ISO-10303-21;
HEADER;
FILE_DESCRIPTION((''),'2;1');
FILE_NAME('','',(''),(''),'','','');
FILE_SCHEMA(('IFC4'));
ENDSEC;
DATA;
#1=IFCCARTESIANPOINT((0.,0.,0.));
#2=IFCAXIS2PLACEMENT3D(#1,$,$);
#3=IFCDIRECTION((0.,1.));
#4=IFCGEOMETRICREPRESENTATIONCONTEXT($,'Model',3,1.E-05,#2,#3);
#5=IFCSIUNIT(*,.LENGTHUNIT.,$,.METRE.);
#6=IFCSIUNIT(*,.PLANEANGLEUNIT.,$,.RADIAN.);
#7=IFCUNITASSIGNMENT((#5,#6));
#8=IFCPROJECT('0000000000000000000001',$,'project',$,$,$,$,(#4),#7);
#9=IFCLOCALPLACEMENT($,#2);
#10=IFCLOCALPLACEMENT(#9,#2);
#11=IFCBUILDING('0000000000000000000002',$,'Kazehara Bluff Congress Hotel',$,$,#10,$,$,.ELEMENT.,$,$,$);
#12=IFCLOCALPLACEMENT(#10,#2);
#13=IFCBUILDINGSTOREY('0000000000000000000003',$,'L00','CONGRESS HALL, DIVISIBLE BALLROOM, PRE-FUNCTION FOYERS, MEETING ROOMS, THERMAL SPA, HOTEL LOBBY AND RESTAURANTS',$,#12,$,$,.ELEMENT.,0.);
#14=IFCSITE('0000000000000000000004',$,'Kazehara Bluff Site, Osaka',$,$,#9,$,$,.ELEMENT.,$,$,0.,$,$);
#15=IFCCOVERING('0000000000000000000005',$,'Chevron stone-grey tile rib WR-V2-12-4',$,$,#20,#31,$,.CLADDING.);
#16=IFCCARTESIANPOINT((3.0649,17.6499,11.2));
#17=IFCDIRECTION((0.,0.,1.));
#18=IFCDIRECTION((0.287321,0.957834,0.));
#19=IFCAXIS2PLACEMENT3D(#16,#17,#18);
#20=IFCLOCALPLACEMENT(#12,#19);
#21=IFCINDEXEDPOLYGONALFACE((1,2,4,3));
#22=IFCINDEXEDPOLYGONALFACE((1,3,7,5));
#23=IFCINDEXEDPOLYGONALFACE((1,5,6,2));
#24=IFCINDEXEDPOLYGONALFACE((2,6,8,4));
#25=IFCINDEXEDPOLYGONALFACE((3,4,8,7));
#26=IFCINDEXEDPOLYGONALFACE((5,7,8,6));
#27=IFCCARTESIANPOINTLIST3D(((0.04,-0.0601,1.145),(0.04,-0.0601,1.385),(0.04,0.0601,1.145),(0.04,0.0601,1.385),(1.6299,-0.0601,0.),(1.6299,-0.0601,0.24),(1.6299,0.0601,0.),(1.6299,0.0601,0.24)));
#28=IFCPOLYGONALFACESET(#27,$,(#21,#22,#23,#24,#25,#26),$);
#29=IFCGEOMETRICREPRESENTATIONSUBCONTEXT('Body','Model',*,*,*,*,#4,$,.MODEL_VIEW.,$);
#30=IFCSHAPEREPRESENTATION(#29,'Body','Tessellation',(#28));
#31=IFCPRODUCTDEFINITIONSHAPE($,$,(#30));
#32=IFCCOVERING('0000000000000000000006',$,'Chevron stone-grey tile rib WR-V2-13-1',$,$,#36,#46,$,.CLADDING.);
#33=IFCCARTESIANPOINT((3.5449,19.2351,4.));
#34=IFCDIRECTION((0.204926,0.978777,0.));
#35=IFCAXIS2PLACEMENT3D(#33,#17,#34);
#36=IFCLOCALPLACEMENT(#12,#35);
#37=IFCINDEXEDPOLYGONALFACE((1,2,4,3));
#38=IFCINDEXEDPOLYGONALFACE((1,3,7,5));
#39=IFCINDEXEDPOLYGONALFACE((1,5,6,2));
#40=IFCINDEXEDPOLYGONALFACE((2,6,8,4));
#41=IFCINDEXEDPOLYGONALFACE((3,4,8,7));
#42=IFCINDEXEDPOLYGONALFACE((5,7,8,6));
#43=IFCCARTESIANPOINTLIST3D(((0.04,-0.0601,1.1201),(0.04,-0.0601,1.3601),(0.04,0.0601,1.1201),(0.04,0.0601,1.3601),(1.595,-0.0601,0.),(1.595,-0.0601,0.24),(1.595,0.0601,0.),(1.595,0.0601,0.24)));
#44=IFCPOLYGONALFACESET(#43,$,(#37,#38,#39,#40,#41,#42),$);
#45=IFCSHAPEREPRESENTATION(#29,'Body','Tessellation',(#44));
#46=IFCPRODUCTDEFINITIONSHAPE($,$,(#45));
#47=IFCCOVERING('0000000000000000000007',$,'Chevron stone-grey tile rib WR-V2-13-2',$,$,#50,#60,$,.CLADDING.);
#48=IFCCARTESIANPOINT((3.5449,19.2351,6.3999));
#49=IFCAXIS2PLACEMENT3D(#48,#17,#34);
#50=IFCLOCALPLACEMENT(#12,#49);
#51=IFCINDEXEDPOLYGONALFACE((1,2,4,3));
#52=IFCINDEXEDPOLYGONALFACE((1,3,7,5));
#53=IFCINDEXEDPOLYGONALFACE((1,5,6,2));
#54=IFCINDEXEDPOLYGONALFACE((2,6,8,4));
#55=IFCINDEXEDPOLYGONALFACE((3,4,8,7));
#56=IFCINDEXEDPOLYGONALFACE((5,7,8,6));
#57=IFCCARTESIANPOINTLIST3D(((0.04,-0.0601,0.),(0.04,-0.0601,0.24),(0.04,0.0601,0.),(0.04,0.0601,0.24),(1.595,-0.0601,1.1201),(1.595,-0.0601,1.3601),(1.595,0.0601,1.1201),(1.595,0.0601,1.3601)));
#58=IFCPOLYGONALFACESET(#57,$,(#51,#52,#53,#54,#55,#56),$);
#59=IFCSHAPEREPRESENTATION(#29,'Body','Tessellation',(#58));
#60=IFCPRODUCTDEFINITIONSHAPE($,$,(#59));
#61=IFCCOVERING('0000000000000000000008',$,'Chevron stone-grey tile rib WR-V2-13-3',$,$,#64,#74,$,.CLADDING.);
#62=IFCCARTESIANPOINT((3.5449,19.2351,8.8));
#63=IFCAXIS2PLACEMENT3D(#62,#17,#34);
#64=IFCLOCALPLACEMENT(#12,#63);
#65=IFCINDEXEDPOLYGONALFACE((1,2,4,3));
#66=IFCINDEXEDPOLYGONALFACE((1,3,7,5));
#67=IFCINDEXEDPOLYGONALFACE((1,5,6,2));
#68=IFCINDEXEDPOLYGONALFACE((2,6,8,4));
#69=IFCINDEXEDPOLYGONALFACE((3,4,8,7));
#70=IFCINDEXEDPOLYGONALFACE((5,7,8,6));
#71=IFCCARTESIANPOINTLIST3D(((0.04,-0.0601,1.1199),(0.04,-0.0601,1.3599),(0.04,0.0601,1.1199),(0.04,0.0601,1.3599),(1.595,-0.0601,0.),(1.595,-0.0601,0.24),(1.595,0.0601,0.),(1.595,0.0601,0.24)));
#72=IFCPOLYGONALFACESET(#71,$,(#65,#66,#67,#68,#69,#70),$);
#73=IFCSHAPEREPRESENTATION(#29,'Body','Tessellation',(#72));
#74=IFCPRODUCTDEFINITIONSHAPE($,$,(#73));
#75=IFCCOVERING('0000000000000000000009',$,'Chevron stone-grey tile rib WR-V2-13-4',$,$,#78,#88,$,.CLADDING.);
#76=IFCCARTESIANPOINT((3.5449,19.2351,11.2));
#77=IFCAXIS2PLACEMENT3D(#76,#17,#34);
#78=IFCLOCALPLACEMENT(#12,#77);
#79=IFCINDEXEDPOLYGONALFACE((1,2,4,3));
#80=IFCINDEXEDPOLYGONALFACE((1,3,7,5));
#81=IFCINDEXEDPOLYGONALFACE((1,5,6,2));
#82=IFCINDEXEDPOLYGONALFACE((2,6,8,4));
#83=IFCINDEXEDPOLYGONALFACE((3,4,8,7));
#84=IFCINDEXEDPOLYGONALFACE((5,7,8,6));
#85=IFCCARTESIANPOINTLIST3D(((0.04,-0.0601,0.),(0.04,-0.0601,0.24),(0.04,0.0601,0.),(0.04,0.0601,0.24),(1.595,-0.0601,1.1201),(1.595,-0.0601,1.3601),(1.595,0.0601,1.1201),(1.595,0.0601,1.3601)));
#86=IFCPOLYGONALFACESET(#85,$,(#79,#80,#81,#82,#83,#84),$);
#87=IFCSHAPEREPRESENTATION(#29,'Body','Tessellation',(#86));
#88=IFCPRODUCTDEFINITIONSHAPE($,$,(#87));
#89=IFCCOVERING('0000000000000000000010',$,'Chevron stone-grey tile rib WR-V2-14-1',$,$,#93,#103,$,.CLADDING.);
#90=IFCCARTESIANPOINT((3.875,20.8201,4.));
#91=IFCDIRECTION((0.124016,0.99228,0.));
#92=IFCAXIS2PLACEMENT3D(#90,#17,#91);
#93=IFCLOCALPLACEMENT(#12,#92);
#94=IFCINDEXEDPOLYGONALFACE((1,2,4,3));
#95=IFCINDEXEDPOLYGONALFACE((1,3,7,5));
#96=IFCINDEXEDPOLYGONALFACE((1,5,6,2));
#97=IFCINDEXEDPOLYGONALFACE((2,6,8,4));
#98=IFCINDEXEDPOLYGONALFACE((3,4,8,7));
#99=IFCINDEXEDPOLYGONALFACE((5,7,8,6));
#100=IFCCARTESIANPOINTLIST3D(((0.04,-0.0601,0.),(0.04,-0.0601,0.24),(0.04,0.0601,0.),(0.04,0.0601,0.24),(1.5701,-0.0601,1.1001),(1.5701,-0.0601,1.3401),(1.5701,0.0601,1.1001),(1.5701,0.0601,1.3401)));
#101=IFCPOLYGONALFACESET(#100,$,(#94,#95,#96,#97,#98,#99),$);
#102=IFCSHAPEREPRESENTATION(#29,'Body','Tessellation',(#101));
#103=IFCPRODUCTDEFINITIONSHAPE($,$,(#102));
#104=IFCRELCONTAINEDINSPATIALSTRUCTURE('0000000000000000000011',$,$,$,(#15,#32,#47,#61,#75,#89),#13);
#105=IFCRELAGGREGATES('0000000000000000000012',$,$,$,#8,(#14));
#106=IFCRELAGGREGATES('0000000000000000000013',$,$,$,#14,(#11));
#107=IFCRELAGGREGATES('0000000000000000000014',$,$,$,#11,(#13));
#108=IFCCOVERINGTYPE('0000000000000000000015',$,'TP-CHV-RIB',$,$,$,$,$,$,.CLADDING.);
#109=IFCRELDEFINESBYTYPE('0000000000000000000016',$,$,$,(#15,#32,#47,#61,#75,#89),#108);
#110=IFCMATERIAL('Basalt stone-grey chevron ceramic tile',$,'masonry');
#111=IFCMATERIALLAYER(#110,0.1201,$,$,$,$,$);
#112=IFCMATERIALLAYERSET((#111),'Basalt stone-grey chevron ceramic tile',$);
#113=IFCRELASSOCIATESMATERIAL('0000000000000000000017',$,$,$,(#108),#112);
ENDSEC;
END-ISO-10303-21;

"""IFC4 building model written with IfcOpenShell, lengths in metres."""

from ifc_helpers import new_model, si_unit, direction, frame, origin, place, context, subcontext, project, spatial, polyline, outline, extrude, material, layer, layer_set, type_object, element, save


model = new_model("IFC4")

# Units and contexts
model_context = context("Model", 3, precision=1e-05, world=origin(), true_north=direction((0.0, 1.0)))
body_context = subcontext(model_context, "Body", "Model", "MODEL_VIEW")
ifc_project = project(units=[si_unit("LENGTHUNIT", "METRE"), si_unit("PLANEANGLEUNIT", "RADIAN")], contexts=[model_context])

# Site, building, storey
site_placement = place(None, origin())
site = spatial("IfcSite", under=ifc_project, at=site_placement, Name="Kazehara Bluff Site, Osaka", CompositionType="ELEMENT", RefElevation=0.0)
building_placement = place(site_placement, origin())
building = spatial("IfcBuilding", under=site, at=building_placement, Name="Kazehara Bluff Congress Hotel", CompositionType="ELEMENT")
storey_placement = place(building_placement, origin())
storey = spatial("IfcBuildingStorey", under=building, at=storey_placement, Name="L00", Description="CONGRESS HALL, DIVISIBLE BALLROOM, PRE-FUNCTION FOYERS, MEETING ROOMS, THERMAL SPA, HOTEL LOBBY AND RESTAURANTS", CompositionType="ELEMENT", Elevation=0.0)

# Coverings
ifc_material_1 = material(Name="Basalt stone-grey chevron ceramic tile", Category="masonry")
ifc_layer_1 = layer(ifc_material_1, 0.1201)
ifc_layer_set_1 = layer_set([ifc_layer_1], Name="Basalt stone-grey chevron ceramic tile")
covering_type_1 = type_object("IfcCoveringType", Name="TP-CHV-RIB", PredefinedType="CLADDING", material=ifc_layer_set_1)
covering_1_placement = place(storey_placement, frame((3.0649, 17.6499, 11.2), z_axis=(0.0, 0.0, 1.0), x_axis=(0.287321, 0.957834, 0.0)))
element("IfcCovering", 1, at=covering_1_placement, inside=storey, type_object=covering_type_1, Name="Chevron stone-grey tile rib WR-V2-12-4", PredefinedType="CLADDING", context=body_context, shape_type="SweptSolid", body=[
    extrude(outline(polyline([(0.04, 1.145), (1.6299, 0.0), (1.6299, 0.24), (0.04, 1.385), (0.04, 1.145)])), frame((0.0, 0.0601, 0.0), z_axis=(0.0, -1.0, 0.0), x_axis=(1.0, 0.0, 0.0)), (0.0, 0.0, 1.0), 0.1201),
])
covering_2_placement = place(storey_placement, frame((3.5449, 19.2351, 4.0), z_axis=(0.0, 0.0, 1.0), x_axis=(0.204926, 0.978777, 0.0)))
element("IfcCovering", 2, at=covering_2_placement, inside=storey, type_object=covering_type_1, Name="Chevron stone-grey tile rib WR-V2-13-1", PredefinedType="CLADDING", context=body_context, shape_type="SweptSolid", body=[
    extrude(outline(polyline([(0.04, 1.1201), (1.595, 0.0), (1.595, 0.24), (0.04, 1.3601), (0.04, 1.1201)])), frame((0.0, 0.0601, 0.0), z_axis=(0.0, -1.0, 0.0), x_axis=(1.0, 0.0, 0.0)), (0.0, 0.0, 1.0), 0.1201),
])
covering_3_placement = place(storey_placement, frame((3.5449, 19.2351, 6.3999), z_axis=(0.0, 0.0, 1.0), x_axis=(0.204926, 0.978777, 0.0)))
element("IfcCovering", 3, at=covering_3_placement, inside=storey, type_object=covering_type_1, Name="Chevron stone-grey tile rib WR-V2-13-2", PredefinedType="CLADDING", context=body_context, shape_type="SweptSolid", body=[
    extrude(outline(polyline([(0.04, 0.0), (1.595, 1.1201), (1.595, 1.3601), (0.04, 0.24), (0.04, 0.0)])), frame((0.0, 0.0601, 0.0), z_axis=(0.0, -1.0, 0.0), x_axis=(1.0, 0.0, 0.0)), (0.0, 0.0, 1.0), 0.1201),
])
covering_4_placement = place(storey_placement, frame((3.5449, 19.2351, 8.8), z_axis=(0.0, 0.0, 1.0), x_axis=(0.204926, 0.978777, 0.0)))
element("IfcCovering", 4, at=covering_4_placement, inside=storey, type_object=covering_type_1, Name="Chevron stone-grey tile rib WR-V2-13-3", PredefinedType="CLADDING", context=body_context, shape_type="SweptSolid", body=[
    extrude(outline(polyline([(0.04, 1.1199), (1.595, 0.0), (1.595, 0.24), (0.04, 1.3599), (0.04, 1.1199)])), frame((0.0, 0.0601, 0.0), z_axis=(0.0, -1.0, 0.0), x_axis=(1.0, 0.0, 0.0)), (0.0, 0.0, 1.0), 0.1201),
])
covering_5_placement = place(storey_placement, frame((3.5449, 19.2351, 11.2), z_axis=(0.0, 0.0, 1.0), x_axis=(0.204926, 0.978777, 0.0)))
element("IfcCovering", 5, at=covering_5_placement, inside=storey, type_object=covering_type_1, Name="Chevron stone-grey tile rib WR-V2-13-4", PredefinedType="CLADDING", context=body_context, shape_type="SweptSolid", body=[
    extrude(outline(polyline([(0.04, 0.0), (1.595, 1.1201), (1.595, 1.3601), (0.04, 0.24), (0.04, 0.0)])), frame((0.0, 0.0601, 0.0), z_axis=(0.0, -1.0, 0.0), x_axis=(1.0, 0.0, 0.0)), (0.0, 0.0, 1.0), 0.1201),
])
covering_6_placement = place(storey_placement, frame((3.875, 20.8201, 4.0), z_axis=(0.0, 0.0, 1.0), x_axis=(0.124016, 0.99228, 0.0)))
element("IfcCovering", 6, at=covering_6_placement, inside=storey, type_object=covering_type_1, Name="Chevron stone-grey tile rib WR-V2-14-1", PredefinedType="CLADDING", context=body_context, shape_type="SweptSolid", body=[
    extrude(outline(polyline([(0.04, 0.0), (1.5701, 1.1001), (1.5701, 1.3401), (0.04, 0.24), (0.04, 0.0)])), frame((0.0, 0.0601, 0.0), z_axis=(0.0, -1.0, 0.0), x_axis=(1.0, 0.0, 0.0)), (0.0, 0.0, 1.0), 0.1201),
])

save(model, "model.ifc")
